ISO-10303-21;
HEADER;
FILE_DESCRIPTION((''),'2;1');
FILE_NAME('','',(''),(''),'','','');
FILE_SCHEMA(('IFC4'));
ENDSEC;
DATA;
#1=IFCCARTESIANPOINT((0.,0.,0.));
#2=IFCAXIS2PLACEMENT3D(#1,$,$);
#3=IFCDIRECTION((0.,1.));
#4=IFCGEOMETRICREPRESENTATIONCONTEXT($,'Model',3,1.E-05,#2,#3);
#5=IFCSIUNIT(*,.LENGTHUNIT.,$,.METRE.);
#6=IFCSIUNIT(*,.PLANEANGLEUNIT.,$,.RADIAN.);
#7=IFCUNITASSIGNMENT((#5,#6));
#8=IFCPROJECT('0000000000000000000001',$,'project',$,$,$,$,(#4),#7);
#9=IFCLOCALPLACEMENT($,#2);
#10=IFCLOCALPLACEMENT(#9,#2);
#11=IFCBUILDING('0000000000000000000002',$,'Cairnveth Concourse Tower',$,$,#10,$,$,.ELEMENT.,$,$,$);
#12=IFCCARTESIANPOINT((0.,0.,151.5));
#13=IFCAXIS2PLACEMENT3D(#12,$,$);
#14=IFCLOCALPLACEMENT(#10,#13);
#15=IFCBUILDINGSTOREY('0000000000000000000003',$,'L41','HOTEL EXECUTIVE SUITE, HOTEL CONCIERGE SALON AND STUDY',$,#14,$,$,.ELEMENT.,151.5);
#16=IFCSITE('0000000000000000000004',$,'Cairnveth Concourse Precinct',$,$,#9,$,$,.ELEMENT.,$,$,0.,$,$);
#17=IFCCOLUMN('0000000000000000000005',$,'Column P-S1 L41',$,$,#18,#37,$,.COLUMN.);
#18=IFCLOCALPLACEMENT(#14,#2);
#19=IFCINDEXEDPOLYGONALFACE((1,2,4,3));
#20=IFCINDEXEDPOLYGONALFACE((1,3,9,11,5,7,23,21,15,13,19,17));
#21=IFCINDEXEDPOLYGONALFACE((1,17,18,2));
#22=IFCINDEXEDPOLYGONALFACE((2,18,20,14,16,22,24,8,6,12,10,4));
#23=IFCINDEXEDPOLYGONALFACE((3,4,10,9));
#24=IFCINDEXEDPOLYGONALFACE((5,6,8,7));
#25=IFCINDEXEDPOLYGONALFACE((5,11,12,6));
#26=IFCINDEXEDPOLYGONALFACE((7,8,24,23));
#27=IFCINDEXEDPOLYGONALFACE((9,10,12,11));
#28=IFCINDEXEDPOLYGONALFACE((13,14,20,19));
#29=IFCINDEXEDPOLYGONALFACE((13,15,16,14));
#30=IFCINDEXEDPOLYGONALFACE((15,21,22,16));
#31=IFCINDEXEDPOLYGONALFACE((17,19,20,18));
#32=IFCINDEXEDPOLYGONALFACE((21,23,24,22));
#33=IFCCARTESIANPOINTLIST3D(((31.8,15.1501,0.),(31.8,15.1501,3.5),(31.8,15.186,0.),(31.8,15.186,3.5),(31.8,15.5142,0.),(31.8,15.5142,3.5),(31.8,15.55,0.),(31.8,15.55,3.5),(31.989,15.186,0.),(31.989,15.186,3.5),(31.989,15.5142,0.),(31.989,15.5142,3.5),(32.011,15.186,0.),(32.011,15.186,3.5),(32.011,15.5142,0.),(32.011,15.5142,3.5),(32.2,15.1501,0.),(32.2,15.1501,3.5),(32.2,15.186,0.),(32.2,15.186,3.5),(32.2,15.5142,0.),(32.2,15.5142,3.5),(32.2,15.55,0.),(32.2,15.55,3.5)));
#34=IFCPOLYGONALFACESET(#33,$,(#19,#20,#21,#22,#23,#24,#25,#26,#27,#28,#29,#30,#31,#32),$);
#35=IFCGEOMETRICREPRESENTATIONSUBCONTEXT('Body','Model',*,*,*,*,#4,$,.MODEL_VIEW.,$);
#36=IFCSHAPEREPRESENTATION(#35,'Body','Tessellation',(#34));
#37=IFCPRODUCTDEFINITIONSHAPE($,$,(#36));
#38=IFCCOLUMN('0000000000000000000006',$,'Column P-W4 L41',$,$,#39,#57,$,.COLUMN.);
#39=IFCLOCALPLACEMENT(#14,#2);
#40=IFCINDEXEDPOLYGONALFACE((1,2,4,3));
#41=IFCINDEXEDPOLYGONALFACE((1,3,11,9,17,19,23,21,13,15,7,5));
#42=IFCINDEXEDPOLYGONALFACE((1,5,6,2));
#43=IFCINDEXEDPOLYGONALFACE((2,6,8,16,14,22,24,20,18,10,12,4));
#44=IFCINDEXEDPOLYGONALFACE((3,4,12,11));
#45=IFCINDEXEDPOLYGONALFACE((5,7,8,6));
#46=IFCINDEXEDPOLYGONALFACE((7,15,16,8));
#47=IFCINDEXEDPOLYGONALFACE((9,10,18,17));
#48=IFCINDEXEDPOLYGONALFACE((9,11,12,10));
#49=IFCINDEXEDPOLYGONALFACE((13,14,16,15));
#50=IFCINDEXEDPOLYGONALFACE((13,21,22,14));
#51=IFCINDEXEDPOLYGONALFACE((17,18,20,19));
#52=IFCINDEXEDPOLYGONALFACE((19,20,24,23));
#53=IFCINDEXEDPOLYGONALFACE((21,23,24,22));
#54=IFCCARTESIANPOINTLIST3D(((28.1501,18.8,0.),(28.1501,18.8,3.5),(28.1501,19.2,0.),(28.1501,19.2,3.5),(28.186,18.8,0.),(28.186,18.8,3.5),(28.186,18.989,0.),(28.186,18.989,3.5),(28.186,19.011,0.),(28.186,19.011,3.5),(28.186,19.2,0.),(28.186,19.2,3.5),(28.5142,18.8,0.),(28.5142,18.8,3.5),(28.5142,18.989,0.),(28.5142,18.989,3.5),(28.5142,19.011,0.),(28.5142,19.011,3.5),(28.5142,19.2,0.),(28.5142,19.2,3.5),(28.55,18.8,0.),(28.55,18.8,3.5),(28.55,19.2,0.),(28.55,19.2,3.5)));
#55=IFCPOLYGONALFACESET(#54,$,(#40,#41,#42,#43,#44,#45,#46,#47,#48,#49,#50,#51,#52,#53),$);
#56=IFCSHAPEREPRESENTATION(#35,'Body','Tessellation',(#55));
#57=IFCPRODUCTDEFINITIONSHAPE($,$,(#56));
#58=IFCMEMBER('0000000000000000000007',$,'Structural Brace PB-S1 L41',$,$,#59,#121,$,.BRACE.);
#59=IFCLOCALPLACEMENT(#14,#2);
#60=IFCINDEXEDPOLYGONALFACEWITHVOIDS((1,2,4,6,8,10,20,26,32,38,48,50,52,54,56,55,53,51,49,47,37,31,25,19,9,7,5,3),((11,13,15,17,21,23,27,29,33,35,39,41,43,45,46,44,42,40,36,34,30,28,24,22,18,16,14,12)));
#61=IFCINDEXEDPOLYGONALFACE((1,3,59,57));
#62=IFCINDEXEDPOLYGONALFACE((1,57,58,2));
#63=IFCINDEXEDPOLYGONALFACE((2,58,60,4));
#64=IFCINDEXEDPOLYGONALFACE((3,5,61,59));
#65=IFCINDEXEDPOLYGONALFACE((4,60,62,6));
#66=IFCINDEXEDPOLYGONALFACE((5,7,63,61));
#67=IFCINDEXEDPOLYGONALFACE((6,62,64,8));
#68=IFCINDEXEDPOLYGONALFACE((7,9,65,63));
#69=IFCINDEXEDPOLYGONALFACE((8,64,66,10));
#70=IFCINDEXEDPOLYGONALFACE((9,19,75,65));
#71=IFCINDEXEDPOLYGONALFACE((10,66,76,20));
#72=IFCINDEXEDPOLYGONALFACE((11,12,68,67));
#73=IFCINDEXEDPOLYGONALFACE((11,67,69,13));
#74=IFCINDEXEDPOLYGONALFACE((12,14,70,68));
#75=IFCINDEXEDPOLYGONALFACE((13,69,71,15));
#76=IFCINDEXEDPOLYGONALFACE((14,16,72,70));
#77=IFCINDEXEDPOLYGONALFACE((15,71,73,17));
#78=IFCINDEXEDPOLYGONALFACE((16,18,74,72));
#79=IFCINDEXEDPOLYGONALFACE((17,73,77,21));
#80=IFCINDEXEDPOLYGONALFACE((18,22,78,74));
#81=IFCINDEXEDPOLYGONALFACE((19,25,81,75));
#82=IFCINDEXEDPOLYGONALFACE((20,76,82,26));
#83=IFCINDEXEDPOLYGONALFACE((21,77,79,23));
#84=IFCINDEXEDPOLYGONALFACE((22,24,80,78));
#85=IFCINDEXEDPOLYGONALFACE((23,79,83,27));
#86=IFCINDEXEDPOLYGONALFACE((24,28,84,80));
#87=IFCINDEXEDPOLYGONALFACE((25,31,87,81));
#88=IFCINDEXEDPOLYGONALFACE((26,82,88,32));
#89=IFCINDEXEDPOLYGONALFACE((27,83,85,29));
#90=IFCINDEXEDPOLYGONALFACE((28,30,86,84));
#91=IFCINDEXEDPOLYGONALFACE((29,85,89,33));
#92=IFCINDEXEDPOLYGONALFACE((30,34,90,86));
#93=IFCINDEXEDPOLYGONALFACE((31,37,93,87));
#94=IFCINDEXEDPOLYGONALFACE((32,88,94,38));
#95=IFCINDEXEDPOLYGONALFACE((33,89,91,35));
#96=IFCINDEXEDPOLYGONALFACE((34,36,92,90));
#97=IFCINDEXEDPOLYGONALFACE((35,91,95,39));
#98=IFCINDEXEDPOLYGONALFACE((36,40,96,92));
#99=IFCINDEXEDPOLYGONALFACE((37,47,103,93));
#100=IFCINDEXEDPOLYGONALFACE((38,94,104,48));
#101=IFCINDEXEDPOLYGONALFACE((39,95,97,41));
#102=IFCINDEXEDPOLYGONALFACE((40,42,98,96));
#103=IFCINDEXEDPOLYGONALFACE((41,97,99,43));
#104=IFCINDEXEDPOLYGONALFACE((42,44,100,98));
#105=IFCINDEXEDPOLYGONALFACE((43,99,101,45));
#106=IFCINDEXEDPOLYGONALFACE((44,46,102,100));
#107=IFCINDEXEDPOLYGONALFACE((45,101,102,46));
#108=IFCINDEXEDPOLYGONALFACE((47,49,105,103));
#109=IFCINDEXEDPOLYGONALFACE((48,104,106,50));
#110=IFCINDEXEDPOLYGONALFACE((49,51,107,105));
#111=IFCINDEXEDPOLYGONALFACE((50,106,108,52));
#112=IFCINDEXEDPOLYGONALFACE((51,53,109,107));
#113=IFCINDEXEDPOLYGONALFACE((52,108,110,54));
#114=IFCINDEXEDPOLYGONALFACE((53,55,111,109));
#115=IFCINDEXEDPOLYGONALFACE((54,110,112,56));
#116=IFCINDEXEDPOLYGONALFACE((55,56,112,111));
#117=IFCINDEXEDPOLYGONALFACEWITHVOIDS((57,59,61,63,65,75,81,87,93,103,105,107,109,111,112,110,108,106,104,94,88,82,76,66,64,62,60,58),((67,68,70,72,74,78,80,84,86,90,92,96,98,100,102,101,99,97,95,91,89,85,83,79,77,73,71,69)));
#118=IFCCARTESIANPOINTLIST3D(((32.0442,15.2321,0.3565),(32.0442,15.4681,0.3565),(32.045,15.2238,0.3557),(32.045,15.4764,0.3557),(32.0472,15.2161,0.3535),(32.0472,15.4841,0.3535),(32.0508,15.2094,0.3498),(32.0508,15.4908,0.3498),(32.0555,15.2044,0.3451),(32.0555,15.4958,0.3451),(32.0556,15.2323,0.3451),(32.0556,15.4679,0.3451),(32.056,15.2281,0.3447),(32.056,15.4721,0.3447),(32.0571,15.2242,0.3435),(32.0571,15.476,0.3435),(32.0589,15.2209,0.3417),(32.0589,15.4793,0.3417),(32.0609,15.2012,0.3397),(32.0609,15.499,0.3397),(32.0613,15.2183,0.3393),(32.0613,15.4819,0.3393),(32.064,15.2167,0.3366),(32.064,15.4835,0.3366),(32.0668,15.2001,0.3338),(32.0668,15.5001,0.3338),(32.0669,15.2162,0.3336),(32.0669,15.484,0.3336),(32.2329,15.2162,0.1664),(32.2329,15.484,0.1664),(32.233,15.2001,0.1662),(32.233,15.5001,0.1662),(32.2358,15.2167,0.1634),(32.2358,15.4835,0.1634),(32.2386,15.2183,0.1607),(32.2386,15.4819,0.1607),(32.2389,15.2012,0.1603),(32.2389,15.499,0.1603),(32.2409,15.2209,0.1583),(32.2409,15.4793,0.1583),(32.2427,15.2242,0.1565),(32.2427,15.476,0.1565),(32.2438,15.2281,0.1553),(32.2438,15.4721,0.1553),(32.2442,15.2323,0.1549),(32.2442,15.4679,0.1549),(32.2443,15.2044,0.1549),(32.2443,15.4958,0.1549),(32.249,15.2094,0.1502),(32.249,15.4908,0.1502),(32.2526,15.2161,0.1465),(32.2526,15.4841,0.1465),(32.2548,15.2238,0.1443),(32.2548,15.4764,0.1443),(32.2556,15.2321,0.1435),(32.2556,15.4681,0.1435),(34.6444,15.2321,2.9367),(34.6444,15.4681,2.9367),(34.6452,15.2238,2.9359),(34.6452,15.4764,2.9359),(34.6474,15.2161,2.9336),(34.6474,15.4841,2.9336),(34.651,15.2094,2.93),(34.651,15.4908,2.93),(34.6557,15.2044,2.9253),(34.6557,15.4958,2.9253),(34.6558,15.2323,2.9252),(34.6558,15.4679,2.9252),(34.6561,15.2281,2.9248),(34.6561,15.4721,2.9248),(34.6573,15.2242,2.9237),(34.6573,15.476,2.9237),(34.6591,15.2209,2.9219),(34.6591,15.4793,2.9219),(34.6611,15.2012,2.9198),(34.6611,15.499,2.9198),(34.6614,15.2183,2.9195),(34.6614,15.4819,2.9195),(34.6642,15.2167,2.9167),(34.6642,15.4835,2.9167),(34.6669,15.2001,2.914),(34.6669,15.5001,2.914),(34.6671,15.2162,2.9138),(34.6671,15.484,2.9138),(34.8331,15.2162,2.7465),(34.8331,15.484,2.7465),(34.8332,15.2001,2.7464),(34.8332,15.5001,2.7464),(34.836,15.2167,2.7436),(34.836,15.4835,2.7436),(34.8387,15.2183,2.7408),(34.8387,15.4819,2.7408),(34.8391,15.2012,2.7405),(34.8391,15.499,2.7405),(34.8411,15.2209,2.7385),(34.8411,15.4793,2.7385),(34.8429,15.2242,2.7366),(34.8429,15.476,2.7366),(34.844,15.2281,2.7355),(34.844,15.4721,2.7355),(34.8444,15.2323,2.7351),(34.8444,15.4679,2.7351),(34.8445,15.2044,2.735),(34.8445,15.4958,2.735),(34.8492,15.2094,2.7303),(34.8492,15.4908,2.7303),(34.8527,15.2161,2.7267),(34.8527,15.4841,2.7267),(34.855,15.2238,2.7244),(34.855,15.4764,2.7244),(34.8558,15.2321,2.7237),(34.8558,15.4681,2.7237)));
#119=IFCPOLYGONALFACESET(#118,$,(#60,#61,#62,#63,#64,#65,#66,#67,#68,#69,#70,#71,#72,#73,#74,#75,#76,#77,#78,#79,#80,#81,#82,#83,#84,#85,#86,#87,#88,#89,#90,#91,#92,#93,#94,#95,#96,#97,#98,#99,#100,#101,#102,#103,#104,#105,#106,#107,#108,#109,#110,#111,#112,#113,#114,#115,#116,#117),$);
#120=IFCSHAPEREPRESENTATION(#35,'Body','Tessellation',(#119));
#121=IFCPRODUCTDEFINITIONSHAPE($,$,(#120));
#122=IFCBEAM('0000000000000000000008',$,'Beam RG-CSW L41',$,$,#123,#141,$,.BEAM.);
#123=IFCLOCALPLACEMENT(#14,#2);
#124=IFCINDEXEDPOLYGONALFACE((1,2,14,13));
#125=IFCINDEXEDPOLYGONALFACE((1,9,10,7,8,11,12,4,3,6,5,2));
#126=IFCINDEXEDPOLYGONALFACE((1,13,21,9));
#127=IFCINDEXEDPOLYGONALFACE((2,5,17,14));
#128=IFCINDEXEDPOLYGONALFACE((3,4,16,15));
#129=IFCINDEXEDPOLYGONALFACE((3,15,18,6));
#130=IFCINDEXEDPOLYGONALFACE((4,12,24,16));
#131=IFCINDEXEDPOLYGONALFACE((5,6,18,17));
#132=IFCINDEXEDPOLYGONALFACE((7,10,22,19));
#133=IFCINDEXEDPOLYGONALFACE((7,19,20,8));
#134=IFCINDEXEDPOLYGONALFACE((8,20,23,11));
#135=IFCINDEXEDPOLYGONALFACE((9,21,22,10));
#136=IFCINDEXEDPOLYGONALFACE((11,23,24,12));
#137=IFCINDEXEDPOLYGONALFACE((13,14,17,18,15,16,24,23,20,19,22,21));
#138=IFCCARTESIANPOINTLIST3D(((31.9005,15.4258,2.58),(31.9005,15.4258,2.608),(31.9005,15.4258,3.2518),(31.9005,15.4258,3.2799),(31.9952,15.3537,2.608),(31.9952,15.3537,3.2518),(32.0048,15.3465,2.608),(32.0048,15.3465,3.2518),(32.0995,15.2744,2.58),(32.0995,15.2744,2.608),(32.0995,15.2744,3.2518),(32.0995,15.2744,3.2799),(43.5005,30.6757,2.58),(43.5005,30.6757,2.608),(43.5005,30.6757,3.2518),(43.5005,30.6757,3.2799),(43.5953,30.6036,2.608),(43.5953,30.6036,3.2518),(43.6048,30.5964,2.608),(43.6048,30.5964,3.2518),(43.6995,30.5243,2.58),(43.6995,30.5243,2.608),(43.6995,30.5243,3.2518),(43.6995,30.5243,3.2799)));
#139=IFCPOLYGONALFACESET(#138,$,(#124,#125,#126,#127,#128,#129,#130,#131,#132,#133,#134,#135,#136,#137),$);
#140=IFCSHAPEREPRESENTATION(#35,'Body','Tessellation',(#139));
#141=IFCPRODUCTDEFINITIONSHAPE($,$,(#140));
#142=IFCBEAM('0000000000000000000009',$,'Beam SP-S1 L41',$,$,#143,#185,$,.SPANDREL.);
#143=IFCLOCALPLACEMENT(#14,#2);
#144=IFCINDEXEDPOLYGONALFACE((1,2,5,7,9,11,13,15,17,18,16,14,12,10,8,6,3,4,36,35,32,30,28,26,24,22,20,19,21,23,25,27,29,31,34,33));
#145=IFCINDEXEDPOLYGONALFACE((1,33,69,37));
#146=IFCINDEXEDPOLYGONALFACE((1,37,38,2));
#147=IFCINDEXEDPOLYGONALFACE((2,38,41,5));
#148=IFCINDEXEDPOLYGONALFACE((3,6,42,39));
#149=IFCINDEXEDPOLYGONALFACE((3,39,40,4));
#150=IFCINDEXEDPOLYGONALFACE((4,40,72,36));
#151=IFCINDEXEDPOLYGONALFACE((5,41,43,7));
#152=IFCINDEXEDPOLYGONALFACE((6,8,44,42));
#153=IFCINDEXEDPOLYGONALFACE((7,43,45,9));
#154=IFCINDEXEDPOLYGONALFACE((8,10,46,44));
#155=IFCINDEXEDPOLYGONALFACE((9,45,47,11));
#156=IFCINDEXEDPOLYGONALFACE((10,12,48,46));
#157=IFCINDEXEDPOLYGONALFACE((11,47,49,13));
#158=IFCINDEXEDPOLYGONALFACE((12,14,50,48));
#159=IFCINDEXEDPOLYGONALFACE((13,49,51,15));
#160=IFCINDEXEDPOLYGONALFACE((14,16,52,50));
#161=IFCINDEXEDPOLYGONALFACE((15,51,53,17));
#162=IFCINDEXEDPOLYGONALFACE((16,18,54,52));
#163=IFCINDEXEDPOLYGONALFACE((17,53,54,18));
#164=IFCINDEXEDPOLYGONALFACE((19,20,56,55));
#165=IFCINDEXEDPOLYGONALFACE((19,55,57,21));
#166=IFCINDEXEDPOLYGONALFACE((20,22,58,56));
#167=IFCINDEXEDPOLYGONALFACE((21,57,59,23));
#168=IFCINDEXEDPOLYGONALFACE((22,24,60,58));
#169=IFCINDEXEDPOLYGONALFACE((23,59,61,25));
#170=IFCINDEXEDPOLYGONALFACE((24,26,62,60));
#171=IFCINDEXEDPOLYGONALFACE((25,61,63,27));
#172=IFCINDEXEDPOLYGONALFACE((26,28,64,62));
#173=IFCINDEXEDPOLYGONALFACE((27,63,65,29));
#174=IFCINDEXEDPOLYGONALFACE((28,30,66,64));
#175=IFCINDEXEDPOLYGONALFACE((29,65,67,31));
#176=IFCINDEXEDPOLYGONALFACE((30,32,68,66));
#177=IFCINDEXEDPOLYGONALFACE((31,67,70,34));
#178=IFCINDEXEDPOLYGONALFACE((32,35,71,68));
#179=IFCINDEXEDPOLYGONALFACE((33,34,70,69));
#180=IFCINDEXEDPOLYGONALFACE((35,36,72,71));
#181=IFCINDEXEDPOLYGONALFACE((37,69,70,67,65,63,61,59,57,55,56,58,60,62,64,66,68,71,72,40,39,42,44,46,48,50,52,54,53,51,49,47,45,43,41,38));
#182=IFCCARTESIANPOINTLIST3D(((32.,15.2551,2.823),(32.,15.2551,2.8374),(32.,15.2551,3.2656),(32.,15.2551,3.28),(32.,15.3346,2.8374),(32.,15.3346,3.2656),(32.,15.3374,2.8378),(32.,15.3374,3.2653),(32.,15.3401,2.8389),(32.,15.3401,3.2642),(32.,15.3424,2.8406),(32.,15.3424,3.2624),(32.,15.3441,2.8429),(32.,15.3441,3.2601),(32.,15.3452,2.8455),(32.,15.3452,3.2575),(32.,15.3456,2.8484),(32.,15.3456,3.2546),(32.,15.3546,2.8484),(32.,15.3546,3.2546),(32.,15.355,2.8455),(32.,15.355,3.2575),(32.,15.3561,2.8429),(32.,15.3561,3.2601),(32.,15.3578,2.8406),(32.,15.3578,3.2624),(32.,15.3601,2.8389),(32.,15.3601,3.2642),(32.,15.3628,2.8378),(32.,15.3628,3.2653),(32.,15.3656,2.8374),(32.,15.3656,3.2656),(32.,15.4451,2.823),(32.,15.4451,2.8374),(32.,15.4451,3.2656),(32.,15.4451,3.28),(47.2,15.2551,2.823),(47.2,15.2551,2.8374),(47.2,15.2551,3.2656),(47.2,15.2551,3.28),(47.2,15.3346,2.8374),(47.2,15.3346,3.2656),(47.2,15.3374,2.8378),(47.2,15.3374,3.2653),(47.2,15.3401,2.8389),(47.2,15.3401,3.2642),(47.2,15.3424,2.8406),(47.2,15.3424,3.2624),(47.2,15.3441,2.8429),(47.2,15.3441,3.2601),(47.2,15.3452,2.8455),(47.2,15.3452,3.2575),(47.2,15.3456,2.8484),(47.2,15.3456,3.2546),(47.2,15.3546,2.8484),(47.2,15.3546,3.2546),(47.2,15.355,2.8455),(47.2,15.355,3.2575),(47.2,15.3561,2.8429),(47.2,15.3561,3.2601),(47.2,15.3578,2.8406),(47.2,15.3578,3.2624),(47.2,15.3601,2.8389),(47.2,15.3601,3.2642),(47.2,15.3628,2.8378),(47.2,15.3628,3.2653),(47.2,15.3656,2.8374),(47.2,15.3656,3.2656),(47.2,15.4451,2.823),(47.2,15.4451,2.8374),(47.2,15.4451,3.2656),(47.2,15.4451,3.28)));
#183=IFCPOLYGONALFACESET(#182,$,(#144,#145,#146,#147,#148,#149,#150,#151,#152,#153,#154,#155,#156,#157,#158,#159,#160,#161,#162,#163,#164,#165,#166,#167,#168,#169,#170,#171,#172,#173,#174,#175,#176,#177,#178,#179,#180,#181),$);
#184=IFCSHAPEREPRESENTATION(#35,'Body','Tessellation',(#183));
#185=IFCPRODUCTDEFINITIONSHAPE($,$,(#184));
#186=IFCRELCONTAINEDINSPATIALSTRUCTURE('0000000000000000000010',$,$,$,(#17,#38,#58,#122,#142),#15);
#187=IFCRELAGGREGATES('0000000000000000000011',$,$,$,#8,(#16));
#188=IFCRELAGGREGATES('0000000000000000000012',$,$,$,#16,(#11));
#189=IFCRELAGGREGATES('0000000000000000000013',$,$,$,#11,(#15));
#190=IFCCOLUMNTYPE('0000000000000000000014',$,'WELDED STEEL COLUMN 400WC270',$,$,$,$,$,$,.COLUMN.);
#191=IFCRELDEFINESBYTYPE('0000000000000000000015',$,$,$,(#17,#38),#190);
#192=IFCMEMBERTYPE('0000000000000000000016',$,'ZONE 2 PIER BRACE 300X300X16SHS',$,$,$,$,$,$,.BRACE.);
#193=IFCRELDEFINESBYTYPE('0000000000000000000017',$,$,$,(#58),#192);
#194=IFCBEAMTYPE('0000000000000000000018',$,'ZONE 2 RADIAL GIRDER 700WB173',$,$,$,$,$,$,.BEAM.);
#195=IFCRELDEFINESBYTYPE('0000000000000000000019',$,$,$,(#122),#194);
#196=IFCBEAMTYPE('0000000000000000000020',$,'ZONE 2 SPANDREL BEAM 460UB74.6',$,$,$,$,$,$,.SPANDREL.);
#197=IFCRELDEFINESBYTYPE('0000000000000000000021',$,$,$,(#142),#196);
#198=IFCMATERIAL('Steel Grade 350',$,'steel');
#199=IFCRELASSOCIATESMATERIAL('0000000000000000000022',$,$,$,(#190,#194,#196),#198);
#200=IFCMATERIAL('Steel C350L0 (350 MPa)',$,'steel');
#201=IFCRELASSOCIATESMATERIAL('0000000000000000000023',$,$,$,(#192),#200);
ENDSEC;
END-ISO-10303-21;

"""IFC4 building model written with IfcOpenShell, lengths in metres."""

from ifc_helpers import new_model, si_unit, direction, frame, origin, origin_2d, place, context, subcontext, project, spatial, hollow_rectangle, i_section, extrude, material, material_profile, profile_set, type_object, element, save


model = new_model("IFC4")

# Units and contexts
model_context = context("Model", 3, precision=1e-05, world=origin(), true_north=direction((0.0, 1.0)))
body_context = subcontext(model_context, "Body", "Model", "MODEL_VIEW")
ifc_project = project(units=[si_unit("LENGTHUNIT", "METRE"), si_unit("PLANEANGLEUNIT", "RADIAN")], contexts=[model_context])

# Site, building, storey
site_placement = place(None, origin())
site = spatial("IfcSite", under=ifc_project, at=site_placement, Name="Cairnveth Concourse Precinct", CompositionType="ELEMENT", RefElevation=0.0)
building_placement = place(site_placement, origin())
building = spatial("IfcBuilding", under=site, at=building_placement, Name="Cairnveth Concourse Tower", CompositionType="ELEMENT")
storey_placement = place(building_placement, frame((0.0, 0.0, 151.5)))
storey = spatial("IfcBuildingStorey", under=building, at=storey_placement, Name="L41", Description="HOTEL EXECUTIVE SUITE, HOTEL CONCIERGE SALON AND STUDY", CompositionType="ELEMENT", Elevation=151.5)

# Columns
ifc_material_1 = material(Name="Steel Grade 350", Category="steel")
ifc_material_profile_1 = material_profile(ifc_material_1, i_section(OverallWidth=0.3999, OverallDepth=0.3999, WebThickness=0.022, FlangeThickness=0.0359, at=origin_2d()), Name="400WC270")
ifc_profile_set_1 = profile_set([ifc_material_profile_1], Name="Steel Grade 350")
column_type = type_object("IfcColumnType", Name="WELDED STEEL COLUMN 400WC270", PredefinedType="COLUMN", material=ifc_profile_set_1)
for number, where, z_axis, x_axis, name in (
    (1, (32.0, 15.3501, 0.0), (0.0, 0.0, 1.0), (1.0, 0.0, 0.0), "Column P-S1 L41"),
    (2, (28.3501, 19.0, 0.0), (0.0, 0.0, 1.0), (0.0, 1.0, 0.0), "Column P-W4 L41"),
):
    element("IfcColumn", number, at=place(storey_placement, frame(where, z_axis=z_axis, x_axis=x_axis)), inside=storey, type_object=column_type, Name=name, PredefinedType="COLUMN", context=body_context, shape_type="SweptSolid", body=[
        extrude(i_section(OverallWidth=0.3999, OverallDepth=0.3999, WebThickness=0.022, FlangeThickness=0.0359, at=origin_2d()), origin(), (0.0, 0.0, 1.0), 3.5),
    ])

# Member
ifc_material_2 = material(Name="Steel C350L0 (350 MPa)", Category="steel")
ifc_material_profile_2 = material_profile(ifc_material_2, hollow_rectangle(XDim=0.3, YDim=0.3, WallThickness=0.0161, InnerFilletRadius=0.0161, OuterFilletRadius=0.032, at=origin_2d()), Name="300x300x16.0SHS")
ifc_profile_set_2 = profile_set([ifc_material_profile_2], Name="Steel C350L0 (350 MPa)")
member_type = type_object("IfcMemberType", Name="ZONE 2 PIER BRACE 300X300X16SHS", PredefinedType="BRACE", material=ifc_profile_set_2)
member_placement = place(storey_placement, frame((32.1499, 15.3501, 0.25), z_axis=(0.709834, 0.0, 0.704369), x_axis=(0.0, 1.0, 0.0)))
element("IfcMember", 3, at=member_placement, inside=storey, type_object=member_type, Name="Structural Brace PB-S1 L41", PredefinedType="BRACE", context=body_context, shape_type="SweptSolid", body=[
    extrude(hollow_rectangle(XDim=0.3, YDim=0.3, WallThickness=0.0161, InnerFilletRadius=0.0161, OuterFilletRadius=0.032, at=origin_2d()), origin(), (0.0, 0.0, 1.0), 3.6631),
])

# Beams
ifc_material_profile_3 = material_profile(ifc_material_1, i_section(OverallWidth=0.25, OverallDepth=0.7, WebThickness=0.012, FlangeThickness=0.0281, at=origin_2d()), Name="700WB173")
ifc_profile_set_3 = profile_set([ifc_material_profile_3], Name="Steel Grade 350")
beam_type_1 = type_object("IfcBeamType", Name="ZONE 2 RADIAL GIRDER 700WB173", PredefinedType="BEAM", material=ifc_profile_set_3)
beam_placement = place(storey_placement, frame((32.0, 15.3501, 2.9299), z_axis=(0.605417, 0.795908, 0.0), x_axis=(-0.795908, 0.605417, 0.0)))
element("IfcBeam", 4, at=beam_placement, inside=storey, type_object=beam_type_1, Name="Beam RG-CSW L41", PredefinedType="BEAM", context=body_context, shape_type="SweptSolid", body=[
    extrude(i_section(OverallWidth=0.25, OverallDepth=0.7, WebThickness=0.012, FlangeThickness=0.0281, at=origin_2d()), origin(), (0.0, 0.0, 1.0), 19.1604),
])
ifc_material_profile_4 = material_profile(ifc_material_1, i_section(OverallWidth=0.1899, OverallDepth=0.457, WebThickness=0.009, FlangeThickness=0.0144, FilletRadius=0.011, at=origin_2d()), Name="460UB74.6")
ifc_profile_set_4 = profile_set([ifc_material_profile_4], Name="Steel Grade 350")
beam_type_2 = type_object("IfcBeamType", Name="ZONE 2 SPANDREL BEAM 460UB74.6", PredefinedType="SPANDREL", material=ifc_profile_set_4)
for number, where, z_axis, x_axis, name in (
    (5, (32.0, 15.3501, 3.0515), (1.0, 0.0, 0.0), (0.0, 1.0, 0.0), "Beam SP-S1 L41"),
):
    element("IfcBeam", number, at=place(storey_placement, frame(where, z_axis=z_axis, x_axis=x_axis)), inside=storey, type_object=beam_type_2, Name=name, PredefinedType="SPANDREL", context=body_context, shape_type="SweptSolid", body=[
        extrude(i_section(OverallWidth=0.1899, OverallDepth=0.457, WebThickness=0.009, FlangeThickness=0.0144, FilletRadius=0.011, at=origin_2d()), origin(), (0.0, 0.0, 1.0), 15.2),
    ])

save(model, "model.ifc")
